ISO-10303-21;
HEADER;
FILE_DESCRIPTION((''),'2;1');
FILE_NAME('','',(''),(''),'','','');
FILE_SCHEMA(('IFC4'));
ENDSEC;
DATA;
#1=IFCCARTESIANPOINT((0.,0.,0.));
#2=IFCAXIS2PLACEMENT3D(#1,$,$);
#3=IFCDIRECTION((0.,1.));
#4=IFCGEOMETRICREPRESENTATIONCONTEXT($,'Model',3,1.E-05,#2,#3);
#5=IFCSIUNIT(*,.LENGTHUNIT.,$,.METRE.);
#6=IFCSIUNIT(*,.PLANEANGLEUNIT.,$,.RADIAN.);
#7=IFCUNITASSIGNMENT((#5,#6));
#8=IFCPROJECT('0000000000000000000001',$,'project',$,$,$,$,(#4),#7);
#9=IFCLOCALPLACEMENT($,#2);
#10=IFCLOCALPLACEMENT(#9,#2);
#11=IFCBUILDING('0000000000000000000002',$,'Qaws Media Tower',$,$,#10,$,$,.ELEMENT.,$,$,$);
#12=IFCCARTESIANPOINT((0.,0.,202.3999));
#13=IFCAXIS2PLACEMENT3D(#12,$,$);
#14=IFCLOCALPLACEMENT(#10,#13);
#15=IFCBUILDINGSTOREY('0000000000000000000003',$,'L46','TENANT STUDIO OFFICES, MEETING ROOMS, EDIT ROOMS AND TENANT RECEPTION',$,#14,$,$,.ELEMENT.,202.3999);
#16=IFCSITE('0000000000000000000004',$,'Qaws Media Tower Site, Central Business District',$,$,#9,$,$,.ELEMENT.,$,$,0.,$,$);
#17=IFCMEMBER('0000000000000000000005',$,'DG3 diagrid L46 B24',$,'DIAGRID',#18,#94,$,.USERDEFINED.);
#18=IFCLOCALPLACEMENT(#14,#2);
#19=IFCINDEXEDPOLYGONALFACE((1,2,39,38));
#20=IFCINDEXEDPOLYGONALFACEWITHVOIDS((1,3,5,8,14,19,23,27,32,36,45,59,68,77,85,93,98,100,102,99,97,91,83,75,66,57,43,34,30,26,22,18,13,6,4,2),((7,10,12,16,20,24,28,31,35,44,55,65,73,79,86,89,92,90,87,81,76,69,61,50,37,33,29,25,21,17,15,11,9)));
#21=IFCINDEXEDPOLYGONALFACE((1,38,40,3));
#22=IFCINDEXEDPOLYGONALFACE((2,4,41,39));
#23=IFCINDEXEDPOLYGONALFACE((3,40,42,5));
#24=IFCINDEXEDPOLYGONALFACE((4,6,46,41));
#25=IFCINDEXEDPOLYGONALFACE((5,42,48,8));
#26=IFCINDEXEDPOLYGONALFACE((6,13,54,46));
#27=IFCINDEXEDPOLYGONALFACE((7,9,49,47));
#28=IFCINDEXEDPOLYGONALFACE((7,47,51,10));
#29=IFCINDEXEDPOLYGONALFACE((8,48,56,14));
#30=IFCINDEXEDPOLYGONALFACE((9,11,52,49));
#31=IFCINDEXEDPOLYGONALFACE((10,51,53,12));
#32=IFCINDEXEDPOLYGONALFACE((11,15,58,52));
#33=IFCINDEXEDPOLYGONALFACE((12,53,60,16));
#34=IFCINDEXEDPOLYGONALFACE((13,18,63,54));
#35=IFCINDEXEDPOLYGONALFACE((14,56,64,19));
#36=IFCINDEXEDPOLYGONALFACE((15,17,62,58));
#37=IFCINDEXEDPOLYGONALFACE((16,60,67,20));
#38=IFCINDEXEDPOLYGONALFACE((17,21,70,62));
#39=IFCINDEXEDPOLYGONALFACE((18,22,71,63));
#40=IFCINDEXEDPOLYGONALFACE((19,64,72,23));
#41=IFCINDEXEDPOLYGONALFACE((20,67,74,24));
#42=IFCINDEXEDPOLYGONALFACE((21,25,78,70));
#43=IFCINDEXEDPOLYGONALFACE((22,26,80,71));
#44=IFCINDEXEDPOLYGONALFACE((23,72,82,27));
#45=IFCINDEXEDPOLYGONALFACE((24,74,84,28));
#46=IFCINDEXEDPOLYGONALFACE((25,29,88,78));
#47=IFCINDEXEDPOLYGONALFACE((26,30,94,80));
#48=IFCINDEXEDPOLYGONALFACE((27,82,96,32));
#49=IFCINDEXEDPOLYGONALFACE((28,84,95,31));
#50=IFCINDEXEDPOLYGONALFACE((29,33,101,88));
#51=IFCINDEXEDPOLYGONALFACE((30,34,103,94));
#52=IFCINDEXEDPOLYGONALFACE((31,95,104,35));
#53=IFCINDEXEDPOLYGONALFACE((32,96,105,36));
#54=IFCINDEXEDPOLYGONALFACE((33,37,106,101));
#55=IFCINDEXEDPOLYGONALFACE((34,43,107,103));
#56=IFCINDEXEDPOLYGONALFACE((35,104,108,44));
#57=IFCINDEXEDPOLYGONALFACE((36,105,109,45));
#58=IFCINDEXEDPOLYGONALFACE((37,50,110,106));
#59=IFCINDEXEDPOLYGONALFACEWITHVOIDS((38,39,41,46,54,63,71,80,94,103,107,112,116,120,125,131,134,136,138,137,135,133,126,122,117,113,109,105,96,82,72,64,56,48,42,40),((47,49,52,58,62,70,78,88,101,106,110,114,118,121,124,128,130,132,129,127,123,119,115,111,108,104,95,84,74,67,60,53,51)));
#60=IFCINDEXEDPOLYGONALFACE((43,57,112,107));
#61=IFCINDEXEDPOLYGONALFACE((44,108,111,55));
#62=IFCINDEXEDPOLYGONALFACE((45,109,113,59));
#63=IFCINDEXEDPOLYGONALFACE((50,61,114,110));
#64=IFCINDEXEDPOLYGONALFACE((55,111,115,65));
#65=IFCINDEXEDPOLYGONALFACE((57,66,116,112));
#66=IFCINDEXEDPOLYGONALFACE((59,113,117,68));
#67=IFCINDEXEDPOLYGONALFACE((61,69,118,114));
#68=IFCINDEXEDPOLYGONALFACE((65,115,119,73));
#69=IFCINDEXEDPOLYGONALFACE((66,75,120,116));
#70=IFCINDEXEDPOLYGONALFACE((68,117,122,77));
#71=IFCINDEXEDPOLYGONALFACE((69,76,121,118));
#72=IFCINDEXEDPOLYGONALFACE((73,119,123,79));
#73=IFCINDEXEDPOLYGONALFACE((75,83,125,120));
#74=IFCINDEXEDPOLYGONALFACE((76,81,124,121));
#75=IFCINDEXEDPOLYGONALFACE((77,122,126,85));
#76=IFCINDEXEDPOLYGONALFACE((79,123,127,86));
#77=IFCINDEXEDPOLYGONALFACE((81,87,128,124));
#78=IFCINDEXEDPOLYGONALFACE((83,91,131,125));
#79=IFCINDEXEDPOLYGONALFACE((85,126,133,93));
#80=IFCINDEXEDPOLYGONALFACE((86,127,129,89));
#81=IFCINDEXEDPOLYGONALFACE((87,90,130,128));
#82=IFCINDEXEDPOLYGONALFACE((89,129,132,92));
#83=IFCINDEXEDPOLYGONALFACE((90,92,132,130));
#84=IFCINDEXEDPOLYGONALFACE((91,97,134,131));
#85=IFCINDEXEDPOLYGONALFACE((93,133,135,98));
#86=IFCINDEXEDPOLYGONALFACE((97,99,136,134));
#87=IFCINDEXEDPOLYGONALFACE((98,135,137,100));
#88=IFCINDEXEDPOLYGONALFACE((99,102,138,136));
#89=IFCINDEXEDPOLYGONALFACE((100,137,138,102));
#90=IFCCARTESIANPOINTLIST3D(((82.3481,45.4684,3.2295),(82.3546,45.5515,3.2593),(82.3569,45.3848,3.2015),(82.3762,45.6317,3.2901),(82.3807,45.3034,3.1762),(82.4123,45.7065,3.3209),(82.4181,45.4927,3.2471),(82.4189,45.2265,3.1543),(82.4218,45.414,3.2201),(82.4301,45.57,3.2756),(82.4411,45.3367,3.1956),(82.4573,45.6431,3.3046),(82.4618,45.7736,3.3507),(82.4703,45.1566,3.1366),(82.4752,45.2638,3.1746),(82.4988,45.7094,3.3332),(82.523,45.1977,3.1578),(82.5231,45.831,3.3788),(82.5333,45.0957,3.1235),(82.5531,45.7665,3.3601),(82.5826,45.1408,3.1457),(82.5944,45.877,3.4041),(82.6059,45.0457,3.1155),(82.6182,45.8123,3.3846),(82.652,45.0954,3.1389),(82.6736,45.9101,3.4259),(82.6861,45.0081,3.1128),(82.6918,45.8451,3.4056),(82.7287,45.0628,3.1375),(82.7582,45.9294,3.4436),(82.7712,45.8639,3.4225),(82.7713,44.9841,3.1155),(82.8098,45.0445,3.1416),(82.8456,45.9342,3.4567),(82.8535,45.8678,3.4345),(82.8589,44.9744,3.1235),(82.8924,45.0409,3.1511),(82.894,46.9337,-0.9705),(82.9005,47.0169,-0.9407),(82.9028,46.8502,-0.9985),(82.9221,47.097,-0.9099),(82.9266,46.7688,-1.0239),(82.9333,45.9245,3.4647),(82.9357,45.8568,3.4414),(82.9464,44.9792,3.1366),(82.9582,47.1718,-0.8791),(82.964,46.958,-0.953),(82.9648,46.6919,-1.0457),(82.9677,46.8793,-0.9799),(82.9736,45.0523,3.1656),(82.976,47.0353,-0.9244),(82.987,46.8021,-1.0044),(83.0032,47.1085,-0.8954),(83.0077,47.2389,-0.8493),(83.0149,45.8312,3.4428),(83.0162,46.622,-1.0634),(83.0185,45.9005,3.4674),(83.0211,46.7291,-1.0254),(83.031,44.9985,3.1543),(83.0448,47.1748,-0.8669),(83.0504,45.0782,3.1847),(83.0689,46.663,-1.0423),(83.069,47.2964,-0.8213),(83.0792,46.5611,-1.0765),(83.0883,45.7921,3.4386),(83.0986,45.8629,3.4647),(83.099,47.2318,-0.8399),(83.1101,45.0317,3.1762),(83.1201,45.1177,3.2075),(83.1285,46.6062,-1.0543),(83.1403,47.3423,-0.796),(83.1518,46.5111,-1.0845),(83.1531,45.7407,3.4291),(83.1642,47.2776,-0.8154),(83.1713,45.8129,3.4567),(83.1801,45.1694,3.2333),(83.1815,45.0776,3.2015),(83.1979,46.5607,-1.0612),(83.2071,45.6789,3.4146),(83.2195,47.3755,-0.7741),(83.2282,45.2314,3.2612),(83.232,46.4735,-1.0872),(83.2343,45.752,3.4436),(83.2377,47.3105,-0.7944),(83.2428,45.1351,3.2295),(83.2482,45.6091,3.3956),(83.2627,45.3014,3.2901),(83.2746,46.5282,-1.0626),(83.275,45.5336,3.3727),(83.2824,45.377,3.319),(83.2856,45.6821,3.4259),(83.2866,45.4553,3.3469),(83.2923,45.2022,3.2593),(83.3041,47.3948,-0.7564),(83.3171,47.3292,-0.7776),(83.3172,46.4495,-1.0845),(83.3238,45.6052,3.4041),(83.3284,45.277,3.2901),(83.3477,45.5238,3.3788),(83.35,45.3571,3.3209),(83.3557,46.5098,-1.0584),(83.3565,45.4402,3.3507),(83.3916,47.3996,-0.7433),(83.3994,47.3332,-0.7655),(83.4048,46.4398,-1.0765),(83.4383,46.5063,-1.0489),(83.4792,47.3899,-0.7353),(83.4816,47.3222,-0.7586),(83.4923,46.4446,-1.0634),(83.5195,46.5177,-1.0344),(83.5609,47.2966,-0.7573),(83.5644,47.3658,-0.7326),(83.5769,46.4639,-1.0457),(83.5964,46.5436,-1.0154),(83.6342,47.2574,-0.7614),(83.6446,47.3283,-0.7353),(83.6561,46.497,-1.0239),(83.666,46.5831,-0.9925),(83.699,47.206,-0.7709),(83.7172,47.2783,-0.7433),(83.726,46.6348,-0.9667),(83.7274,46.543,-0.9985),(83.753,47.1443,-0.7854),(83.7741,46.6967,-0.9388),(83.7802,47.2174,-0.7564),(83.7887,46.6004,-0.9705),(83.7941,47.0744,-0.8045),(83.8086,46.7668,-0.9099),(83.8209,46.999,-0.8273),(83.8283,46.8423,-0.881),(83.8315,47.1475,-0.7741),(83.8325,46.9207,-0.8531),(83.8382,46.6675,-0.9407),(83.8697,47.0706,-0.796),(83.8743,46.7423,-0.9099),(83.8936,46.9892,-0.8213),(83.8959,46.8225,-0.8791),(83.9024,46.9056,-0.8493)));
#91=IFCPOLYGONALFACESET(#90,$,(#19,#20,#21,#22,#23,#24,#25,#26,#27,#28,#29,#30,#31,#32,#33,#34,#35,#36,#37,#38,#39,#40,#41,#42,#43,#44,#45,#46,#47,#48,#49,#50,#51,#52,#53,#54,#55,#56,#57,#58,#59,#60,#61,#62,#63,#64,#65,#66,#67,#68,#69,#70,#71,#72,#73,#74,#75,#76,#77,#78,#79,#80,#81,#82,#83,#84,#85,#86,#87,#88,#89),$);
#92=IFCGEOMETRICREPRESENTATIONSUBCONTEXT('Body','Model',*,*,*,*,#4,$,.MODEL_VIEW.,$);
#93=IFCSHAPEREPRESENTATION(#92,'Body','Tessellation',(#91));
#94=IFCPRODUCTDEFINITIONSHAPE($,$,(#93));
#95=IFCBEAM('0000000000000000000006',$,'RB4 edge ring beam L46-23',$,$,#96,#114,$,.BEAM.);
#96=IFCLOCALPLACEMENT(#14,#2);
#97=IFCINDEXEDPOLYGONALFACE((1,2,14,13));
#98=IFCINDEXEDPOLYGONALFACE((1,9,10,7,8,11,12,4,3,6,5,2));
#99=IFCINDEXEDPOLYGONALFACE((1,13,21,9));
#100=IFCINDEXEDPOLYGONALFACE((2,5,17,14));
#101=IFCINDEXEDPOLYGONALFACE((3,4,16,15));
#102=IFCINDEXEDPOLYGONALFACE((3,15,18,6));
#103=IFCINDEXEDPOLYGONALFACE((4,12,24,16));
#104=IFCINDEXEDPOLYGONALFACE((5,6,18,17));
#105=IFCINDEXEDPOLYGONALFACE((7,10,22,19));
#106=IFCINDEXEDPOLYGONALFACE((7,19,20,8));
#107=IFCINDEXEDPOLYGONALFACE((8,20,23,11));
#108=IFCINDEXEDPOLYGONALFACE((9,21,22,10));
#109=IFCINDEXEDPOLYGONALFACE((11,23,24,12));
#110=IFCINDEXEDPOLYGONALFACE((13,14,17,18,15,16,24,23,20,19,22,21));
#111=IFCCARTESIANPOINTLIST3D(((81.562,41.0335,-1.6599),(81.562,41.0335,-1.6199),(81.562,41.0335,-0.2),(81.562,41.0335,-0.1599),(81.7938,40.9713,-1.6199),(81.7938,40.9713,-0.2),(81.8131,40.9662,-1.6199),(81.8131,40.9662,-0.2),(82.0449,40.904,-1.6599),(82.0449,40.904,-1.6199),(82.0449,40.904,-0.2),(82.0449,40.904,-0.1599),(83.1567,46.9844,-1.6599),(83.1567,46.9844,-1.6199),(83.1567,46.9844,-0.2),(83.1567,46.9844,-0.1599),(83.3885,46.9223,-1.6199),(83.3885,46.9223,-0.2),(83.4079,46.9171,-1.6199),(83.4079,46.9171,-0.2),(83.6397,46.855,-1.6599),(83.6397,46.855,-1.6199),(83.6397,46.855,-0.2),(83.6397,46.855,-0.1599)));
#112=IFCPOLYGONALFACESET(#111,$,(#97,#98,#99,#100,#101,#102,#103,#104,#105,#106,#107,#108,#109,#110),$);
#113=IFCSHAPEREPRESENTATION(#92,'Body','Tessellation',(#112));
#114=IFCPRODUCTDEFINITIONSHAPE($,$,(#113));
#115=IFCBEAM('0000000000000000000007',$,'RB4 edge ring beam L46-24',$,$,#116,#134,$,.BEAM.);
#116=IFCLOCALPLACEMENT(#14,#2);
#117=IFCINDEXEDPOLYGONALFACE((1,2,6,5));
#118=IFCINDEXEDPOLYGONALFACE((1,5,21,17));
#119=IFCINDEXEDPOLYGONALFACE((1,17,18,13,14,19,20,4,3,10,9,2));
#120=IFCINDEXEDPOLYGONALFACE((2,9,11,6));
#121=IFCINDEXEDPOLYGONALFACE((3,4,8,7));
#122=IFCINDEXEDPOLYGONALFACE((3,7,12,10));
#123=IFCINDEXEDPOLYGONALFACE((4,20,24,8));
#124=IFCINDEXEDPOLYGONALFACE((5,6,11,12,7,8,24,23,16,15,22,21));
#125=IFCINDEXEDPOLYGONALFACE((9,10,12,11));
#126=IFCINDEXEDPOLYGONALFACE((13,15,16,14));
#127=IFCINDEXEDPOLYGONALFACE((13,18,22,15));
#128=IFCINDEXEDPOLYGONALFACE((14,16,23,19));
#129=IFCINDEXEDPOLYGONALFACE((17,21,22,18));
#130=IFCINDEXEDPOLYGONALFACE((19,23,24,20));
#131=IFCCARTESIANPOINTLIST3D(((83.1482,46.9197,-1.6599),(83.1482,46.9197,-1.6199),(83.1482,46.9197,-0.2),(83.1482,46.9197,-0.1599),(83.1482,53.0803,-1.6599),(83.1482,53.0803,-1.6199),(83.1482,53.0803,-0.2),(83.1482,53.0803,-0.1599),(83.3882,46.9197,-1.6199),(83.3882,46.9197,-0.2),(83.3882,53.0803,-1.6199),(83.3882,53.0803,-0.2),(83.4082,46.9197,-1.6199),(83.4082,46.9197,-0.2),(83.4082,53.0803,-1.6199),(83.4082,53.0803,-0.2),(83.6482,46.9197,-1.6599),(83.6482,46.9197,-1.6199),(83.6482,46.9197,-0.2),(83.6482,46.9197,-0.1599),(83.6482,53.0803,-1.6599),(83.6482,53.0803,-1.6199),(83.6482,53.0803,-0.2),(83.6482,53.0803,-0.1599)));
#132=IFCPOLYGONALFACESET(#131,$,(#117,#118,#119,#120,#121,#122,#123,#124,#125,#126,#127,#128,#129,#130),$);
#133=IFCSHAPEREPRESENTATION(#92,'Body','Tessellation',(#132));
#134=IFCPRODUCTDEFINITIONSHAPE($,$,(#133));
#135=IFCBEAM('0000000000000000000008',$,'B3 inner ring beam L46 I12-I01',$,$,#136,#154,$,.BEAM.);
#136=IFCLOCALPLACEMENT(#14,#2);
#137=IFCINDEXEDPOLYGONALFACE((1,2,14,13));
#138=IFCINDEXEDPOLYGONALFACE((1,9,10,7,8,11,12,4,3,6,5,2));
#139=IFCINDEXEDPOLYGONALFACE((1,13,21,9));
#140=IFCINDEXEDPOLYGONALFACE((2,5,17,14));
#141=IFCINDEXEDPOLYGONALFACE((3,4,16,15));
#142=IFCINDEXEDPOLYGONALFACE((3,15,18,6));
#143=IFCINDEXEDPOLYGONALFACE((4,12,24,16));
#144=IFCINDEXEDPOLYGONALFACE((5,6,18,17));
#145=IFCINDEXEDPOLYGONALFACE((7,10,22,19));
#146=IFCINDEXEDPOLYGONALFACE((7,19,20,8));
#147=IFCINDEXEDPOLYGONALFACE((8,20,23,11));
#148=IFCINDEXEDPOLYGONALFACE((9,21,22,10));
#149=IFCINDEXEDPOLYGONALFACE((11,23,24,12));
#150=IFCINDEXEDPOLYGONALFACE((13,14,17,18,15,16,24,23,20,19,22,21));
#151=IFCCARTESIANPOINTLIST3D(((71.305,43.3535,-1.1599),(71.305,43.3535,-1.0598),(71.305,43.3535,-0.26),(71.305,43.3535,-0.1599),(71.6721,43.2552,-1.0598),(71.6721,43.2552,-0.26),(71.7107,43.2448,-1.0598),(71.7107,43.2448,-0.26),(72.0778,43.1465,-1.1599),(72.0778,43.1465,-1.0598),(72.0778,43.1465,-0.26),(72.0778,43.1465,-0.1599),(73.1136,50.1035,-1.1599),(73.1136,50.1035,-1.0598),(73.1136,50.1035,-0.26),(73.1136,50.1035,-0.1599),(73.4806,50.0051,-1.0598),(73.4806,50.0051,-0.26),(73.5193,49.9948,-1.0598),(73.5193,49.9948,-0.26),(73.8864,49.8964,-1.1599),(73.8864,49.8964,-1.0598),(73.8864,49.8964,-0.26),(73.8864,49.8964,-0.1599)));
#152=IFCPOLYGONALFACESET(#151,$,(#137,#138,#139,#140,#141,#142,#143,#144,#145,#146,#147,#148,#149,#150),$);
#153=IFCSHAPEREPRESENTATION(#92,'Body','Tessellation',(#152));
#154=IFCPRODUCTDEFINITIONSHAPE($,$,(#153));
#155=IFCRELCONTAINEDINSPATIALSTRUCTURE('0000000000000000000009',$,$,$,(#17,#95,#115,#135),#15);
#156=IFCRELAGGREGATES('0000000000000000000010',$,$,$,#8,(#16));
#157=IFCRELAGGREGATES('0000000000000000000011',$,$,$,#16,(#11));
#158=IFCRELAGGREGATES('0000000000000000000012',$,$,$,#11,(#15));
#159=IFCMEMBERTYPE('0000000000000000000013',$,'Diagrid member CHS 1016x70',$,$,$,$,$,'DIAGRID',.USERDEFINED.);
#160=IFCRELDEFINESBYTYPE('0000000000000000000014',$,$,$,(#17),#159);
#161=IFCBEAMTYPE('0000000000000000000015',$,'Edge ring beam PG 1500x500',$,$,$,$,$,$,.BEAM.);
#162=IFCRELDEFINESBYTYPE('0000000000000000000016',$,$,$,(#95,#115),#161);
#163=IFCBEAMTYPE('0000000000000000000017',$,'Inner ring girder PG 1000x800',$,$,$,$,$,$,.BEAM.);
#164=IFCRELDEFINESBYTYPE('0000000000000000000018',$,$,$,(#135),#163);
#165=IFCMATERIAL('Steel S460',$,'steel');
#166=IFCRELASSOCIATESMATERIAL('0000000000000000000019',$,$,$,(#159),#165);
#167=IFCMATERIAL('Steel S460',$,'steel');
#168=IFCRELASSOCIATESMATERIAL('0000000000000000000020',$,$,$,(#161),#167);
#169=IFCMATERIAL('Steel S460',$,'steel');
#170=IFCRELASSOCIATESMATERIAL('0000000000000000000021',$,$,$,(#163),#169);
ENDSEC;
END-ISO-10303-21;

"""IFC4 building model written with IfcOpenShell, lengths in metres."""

from ifc_helpers import new_model, si_unit, direction, frame, origin, origin_2d, place, context, subcontext, project, spatial, hollow_circle, i_section, extrude, material, material_profile, profile_set, type_object, element, save


model = new_model("IFC4")

# Units and contexts
model_context = context("Model", 3, precision=1e-05, world=origin(), true_north=direction((0.0, 1.0)))
body_context = subcontext(model_context, "Body", "Model", "MODEL_VIEW")
ifc_project = project(units=[si_unit("LENGTHUNIT", "METRE"), si_unit("PLANEANGLEUNIT", "RADIAN")], contexts=[model_context])

# Site, building, storey
site_placement = place(None, origin())
site = spatial("IfcSite", under=ifc_project, at=site_placement, Name="Qaws Media Tower Site, Central Business District", CompositionType="ELEMENT", RefElevation=0.0)
building_placement = place(site_placement, origin())
building = spatial("IfcBuilding", under=site, at=building_placement, Name="Qaws Media Tower", CompositionType="ELEMENT")
storey_placement = place(building_placement, frame((0.0, 0.0, 202.3999)))
storey = spatial("IfcBuildingStorey", under=building, at=storey_placement, Name="L46", Description="TENANT STUDIO OFFICES, MEETING ROOMS, EDIT ROOMS AND TENANT RECEPTION", CompositionType="ELEMENT", Elevation=202.3999)

# Member
ifc_material_1 = material(Name="Steel S460", Category="steel")
ifc_material_profile_1 = material_profile(ifc_material_1, hollow_circle(Radius=0.5081, WallThickness=0.0701, at=origin_2d()), Name="CHS 1016x70")
ifc_profile_set_1 = profile_set([ifc_material_profile_1], Name="Steel S460")
member_type_1 = type_object("IfcMemberType", Name="Diagrid member CHS 1016x70", ElementType="DIAGRID", PredefinedType="USERDEFINED", material=ifc_profile_set_1)
member_1_placement = place(storey_placement, frame((83.3982, 46.9197, -0.9099), z_axis=(-0.121809, -0.326966, 0.937153), x_axis=(0.937084, -0.349104, 0.0)))
element("IfcMember", 1, at=member_1_placement, inside=storey, type_object=member_type_1, Name="DG3 diagrid L46 B24", ObjectType="DIAGRID", PredefinedType="USERDEFINED", context=body_context, shape_type="SweptSolid", body=[
    extrude(hollow_circle(Radius=0.5081, WallThickness=0.0701, at=origin_2d()), origin(), (0.0, 0.0, 1.0), 4.4817),
])

# Beams
ifc_material_2 = material(Name="Steel S460", Category="steel")
ifc_material_profile_2 = material_profile(ifc_material_2, i_section(OverallWidth=0.5, OverallDepth=1.5, WebThickness=0.02, FlangeThickness=0.04, at=origin_2d()), Name="PG 1500x500")
ifc_profile_set_2 = profile_set([ifc_material_profile_2], Name="Steel S460")
beam_type_1 = type_object("IfcBeamType", Name="Edge ring beam PG 1500x500", PredefinedType="BEAM", material=ifc_profile_set_2)
beam_1_placement = place(storey_placement, frame((81.8035, 40.9688, -0.9099), z_axis=(0.258846, 0.965919, 0.0), x_axis=(-0.965919, 0.258846, 0.0)))
element("IfcBeam", 2, at=beam_1_placement, inside=storey, type_object=beam_type_1, Name="RB4 edge ring beam L46-23", PredefinedType="BEAM", context=body_context, shape_type="SweptSolid", body=[
    extrude(i_section(OverallWidth=0.5, OverallDepth=1.5, WebThickness=0.02, FlangeThickness=0.04, at=origin_2d()), origin(), (0.0, 0.0, 1.0), 6.1609),
])
beam_2_placement = place(storey_placement, frame((83.3982, 46.9197, -0.9099), z_axis=(0.0, 1.0, 0.0), x_axis=(-1.0, 0.0, 0.0)))
element("IfcBeam", 3, at=beam_2_placement, inside=storey, type_object=beam_type_1, Name="RB4 edge ring beam L46-24", PredefinedType="BEAM", context=body_context, shape_type="SweptSolid", body=[
    extrude(i_section(OverallWidth=0.5, OverallDepth=1.5, WebThickness=0.02, FlangeThickness=0.04, at=origin_2d()), origin(), (0.0, 0.0, 1.0), 6.1606),
])
ifc_material_3 = material(Name="Steel S460", Category="steel")
ifc_material_profile_3 = material_profile(ifc_material_3, i_section(OverallWidth=0.8, OverallDepth=1.0, WebThickness=0.04, FlangeThickness=0.1001, at=origin_2d()), Name="PG 1000x800")
ifc_profile_set_3 = profile_set([ifc_material_profile_3], Name="Steel S460")
beam_type_2 = type_object("IfcBeamType", Name="Inner ring girder PG 1000x800", PredefinedType="BEAM", material=ifc_profile_set_3)
beam_3_placement = place(storey_placement, frame((71.6914, 43.25, -0.6599), z_axis=(0.258811, 0.965928, 0.0), x_axis=(-0.965928, 0.258811, 0.0)))
element("IfcBeam", 4, at=beam_3_placement, inside=storey, type_object=beam_type_2, Name="B3 inner ring beam L46 I12-I01", PredefinedType="BEAM", context=body_context, shape_type="SweptSolid", body=[
    extrude(i_section(OverallWidth=0.8, OverallDepth=1.0, WebThickness=0.04, FlangeThickness=0.1001, at=origin_2d()), origin(), (0.0, 0.0, 1.0), 6.988),
])

save(model, "model.ifc")
